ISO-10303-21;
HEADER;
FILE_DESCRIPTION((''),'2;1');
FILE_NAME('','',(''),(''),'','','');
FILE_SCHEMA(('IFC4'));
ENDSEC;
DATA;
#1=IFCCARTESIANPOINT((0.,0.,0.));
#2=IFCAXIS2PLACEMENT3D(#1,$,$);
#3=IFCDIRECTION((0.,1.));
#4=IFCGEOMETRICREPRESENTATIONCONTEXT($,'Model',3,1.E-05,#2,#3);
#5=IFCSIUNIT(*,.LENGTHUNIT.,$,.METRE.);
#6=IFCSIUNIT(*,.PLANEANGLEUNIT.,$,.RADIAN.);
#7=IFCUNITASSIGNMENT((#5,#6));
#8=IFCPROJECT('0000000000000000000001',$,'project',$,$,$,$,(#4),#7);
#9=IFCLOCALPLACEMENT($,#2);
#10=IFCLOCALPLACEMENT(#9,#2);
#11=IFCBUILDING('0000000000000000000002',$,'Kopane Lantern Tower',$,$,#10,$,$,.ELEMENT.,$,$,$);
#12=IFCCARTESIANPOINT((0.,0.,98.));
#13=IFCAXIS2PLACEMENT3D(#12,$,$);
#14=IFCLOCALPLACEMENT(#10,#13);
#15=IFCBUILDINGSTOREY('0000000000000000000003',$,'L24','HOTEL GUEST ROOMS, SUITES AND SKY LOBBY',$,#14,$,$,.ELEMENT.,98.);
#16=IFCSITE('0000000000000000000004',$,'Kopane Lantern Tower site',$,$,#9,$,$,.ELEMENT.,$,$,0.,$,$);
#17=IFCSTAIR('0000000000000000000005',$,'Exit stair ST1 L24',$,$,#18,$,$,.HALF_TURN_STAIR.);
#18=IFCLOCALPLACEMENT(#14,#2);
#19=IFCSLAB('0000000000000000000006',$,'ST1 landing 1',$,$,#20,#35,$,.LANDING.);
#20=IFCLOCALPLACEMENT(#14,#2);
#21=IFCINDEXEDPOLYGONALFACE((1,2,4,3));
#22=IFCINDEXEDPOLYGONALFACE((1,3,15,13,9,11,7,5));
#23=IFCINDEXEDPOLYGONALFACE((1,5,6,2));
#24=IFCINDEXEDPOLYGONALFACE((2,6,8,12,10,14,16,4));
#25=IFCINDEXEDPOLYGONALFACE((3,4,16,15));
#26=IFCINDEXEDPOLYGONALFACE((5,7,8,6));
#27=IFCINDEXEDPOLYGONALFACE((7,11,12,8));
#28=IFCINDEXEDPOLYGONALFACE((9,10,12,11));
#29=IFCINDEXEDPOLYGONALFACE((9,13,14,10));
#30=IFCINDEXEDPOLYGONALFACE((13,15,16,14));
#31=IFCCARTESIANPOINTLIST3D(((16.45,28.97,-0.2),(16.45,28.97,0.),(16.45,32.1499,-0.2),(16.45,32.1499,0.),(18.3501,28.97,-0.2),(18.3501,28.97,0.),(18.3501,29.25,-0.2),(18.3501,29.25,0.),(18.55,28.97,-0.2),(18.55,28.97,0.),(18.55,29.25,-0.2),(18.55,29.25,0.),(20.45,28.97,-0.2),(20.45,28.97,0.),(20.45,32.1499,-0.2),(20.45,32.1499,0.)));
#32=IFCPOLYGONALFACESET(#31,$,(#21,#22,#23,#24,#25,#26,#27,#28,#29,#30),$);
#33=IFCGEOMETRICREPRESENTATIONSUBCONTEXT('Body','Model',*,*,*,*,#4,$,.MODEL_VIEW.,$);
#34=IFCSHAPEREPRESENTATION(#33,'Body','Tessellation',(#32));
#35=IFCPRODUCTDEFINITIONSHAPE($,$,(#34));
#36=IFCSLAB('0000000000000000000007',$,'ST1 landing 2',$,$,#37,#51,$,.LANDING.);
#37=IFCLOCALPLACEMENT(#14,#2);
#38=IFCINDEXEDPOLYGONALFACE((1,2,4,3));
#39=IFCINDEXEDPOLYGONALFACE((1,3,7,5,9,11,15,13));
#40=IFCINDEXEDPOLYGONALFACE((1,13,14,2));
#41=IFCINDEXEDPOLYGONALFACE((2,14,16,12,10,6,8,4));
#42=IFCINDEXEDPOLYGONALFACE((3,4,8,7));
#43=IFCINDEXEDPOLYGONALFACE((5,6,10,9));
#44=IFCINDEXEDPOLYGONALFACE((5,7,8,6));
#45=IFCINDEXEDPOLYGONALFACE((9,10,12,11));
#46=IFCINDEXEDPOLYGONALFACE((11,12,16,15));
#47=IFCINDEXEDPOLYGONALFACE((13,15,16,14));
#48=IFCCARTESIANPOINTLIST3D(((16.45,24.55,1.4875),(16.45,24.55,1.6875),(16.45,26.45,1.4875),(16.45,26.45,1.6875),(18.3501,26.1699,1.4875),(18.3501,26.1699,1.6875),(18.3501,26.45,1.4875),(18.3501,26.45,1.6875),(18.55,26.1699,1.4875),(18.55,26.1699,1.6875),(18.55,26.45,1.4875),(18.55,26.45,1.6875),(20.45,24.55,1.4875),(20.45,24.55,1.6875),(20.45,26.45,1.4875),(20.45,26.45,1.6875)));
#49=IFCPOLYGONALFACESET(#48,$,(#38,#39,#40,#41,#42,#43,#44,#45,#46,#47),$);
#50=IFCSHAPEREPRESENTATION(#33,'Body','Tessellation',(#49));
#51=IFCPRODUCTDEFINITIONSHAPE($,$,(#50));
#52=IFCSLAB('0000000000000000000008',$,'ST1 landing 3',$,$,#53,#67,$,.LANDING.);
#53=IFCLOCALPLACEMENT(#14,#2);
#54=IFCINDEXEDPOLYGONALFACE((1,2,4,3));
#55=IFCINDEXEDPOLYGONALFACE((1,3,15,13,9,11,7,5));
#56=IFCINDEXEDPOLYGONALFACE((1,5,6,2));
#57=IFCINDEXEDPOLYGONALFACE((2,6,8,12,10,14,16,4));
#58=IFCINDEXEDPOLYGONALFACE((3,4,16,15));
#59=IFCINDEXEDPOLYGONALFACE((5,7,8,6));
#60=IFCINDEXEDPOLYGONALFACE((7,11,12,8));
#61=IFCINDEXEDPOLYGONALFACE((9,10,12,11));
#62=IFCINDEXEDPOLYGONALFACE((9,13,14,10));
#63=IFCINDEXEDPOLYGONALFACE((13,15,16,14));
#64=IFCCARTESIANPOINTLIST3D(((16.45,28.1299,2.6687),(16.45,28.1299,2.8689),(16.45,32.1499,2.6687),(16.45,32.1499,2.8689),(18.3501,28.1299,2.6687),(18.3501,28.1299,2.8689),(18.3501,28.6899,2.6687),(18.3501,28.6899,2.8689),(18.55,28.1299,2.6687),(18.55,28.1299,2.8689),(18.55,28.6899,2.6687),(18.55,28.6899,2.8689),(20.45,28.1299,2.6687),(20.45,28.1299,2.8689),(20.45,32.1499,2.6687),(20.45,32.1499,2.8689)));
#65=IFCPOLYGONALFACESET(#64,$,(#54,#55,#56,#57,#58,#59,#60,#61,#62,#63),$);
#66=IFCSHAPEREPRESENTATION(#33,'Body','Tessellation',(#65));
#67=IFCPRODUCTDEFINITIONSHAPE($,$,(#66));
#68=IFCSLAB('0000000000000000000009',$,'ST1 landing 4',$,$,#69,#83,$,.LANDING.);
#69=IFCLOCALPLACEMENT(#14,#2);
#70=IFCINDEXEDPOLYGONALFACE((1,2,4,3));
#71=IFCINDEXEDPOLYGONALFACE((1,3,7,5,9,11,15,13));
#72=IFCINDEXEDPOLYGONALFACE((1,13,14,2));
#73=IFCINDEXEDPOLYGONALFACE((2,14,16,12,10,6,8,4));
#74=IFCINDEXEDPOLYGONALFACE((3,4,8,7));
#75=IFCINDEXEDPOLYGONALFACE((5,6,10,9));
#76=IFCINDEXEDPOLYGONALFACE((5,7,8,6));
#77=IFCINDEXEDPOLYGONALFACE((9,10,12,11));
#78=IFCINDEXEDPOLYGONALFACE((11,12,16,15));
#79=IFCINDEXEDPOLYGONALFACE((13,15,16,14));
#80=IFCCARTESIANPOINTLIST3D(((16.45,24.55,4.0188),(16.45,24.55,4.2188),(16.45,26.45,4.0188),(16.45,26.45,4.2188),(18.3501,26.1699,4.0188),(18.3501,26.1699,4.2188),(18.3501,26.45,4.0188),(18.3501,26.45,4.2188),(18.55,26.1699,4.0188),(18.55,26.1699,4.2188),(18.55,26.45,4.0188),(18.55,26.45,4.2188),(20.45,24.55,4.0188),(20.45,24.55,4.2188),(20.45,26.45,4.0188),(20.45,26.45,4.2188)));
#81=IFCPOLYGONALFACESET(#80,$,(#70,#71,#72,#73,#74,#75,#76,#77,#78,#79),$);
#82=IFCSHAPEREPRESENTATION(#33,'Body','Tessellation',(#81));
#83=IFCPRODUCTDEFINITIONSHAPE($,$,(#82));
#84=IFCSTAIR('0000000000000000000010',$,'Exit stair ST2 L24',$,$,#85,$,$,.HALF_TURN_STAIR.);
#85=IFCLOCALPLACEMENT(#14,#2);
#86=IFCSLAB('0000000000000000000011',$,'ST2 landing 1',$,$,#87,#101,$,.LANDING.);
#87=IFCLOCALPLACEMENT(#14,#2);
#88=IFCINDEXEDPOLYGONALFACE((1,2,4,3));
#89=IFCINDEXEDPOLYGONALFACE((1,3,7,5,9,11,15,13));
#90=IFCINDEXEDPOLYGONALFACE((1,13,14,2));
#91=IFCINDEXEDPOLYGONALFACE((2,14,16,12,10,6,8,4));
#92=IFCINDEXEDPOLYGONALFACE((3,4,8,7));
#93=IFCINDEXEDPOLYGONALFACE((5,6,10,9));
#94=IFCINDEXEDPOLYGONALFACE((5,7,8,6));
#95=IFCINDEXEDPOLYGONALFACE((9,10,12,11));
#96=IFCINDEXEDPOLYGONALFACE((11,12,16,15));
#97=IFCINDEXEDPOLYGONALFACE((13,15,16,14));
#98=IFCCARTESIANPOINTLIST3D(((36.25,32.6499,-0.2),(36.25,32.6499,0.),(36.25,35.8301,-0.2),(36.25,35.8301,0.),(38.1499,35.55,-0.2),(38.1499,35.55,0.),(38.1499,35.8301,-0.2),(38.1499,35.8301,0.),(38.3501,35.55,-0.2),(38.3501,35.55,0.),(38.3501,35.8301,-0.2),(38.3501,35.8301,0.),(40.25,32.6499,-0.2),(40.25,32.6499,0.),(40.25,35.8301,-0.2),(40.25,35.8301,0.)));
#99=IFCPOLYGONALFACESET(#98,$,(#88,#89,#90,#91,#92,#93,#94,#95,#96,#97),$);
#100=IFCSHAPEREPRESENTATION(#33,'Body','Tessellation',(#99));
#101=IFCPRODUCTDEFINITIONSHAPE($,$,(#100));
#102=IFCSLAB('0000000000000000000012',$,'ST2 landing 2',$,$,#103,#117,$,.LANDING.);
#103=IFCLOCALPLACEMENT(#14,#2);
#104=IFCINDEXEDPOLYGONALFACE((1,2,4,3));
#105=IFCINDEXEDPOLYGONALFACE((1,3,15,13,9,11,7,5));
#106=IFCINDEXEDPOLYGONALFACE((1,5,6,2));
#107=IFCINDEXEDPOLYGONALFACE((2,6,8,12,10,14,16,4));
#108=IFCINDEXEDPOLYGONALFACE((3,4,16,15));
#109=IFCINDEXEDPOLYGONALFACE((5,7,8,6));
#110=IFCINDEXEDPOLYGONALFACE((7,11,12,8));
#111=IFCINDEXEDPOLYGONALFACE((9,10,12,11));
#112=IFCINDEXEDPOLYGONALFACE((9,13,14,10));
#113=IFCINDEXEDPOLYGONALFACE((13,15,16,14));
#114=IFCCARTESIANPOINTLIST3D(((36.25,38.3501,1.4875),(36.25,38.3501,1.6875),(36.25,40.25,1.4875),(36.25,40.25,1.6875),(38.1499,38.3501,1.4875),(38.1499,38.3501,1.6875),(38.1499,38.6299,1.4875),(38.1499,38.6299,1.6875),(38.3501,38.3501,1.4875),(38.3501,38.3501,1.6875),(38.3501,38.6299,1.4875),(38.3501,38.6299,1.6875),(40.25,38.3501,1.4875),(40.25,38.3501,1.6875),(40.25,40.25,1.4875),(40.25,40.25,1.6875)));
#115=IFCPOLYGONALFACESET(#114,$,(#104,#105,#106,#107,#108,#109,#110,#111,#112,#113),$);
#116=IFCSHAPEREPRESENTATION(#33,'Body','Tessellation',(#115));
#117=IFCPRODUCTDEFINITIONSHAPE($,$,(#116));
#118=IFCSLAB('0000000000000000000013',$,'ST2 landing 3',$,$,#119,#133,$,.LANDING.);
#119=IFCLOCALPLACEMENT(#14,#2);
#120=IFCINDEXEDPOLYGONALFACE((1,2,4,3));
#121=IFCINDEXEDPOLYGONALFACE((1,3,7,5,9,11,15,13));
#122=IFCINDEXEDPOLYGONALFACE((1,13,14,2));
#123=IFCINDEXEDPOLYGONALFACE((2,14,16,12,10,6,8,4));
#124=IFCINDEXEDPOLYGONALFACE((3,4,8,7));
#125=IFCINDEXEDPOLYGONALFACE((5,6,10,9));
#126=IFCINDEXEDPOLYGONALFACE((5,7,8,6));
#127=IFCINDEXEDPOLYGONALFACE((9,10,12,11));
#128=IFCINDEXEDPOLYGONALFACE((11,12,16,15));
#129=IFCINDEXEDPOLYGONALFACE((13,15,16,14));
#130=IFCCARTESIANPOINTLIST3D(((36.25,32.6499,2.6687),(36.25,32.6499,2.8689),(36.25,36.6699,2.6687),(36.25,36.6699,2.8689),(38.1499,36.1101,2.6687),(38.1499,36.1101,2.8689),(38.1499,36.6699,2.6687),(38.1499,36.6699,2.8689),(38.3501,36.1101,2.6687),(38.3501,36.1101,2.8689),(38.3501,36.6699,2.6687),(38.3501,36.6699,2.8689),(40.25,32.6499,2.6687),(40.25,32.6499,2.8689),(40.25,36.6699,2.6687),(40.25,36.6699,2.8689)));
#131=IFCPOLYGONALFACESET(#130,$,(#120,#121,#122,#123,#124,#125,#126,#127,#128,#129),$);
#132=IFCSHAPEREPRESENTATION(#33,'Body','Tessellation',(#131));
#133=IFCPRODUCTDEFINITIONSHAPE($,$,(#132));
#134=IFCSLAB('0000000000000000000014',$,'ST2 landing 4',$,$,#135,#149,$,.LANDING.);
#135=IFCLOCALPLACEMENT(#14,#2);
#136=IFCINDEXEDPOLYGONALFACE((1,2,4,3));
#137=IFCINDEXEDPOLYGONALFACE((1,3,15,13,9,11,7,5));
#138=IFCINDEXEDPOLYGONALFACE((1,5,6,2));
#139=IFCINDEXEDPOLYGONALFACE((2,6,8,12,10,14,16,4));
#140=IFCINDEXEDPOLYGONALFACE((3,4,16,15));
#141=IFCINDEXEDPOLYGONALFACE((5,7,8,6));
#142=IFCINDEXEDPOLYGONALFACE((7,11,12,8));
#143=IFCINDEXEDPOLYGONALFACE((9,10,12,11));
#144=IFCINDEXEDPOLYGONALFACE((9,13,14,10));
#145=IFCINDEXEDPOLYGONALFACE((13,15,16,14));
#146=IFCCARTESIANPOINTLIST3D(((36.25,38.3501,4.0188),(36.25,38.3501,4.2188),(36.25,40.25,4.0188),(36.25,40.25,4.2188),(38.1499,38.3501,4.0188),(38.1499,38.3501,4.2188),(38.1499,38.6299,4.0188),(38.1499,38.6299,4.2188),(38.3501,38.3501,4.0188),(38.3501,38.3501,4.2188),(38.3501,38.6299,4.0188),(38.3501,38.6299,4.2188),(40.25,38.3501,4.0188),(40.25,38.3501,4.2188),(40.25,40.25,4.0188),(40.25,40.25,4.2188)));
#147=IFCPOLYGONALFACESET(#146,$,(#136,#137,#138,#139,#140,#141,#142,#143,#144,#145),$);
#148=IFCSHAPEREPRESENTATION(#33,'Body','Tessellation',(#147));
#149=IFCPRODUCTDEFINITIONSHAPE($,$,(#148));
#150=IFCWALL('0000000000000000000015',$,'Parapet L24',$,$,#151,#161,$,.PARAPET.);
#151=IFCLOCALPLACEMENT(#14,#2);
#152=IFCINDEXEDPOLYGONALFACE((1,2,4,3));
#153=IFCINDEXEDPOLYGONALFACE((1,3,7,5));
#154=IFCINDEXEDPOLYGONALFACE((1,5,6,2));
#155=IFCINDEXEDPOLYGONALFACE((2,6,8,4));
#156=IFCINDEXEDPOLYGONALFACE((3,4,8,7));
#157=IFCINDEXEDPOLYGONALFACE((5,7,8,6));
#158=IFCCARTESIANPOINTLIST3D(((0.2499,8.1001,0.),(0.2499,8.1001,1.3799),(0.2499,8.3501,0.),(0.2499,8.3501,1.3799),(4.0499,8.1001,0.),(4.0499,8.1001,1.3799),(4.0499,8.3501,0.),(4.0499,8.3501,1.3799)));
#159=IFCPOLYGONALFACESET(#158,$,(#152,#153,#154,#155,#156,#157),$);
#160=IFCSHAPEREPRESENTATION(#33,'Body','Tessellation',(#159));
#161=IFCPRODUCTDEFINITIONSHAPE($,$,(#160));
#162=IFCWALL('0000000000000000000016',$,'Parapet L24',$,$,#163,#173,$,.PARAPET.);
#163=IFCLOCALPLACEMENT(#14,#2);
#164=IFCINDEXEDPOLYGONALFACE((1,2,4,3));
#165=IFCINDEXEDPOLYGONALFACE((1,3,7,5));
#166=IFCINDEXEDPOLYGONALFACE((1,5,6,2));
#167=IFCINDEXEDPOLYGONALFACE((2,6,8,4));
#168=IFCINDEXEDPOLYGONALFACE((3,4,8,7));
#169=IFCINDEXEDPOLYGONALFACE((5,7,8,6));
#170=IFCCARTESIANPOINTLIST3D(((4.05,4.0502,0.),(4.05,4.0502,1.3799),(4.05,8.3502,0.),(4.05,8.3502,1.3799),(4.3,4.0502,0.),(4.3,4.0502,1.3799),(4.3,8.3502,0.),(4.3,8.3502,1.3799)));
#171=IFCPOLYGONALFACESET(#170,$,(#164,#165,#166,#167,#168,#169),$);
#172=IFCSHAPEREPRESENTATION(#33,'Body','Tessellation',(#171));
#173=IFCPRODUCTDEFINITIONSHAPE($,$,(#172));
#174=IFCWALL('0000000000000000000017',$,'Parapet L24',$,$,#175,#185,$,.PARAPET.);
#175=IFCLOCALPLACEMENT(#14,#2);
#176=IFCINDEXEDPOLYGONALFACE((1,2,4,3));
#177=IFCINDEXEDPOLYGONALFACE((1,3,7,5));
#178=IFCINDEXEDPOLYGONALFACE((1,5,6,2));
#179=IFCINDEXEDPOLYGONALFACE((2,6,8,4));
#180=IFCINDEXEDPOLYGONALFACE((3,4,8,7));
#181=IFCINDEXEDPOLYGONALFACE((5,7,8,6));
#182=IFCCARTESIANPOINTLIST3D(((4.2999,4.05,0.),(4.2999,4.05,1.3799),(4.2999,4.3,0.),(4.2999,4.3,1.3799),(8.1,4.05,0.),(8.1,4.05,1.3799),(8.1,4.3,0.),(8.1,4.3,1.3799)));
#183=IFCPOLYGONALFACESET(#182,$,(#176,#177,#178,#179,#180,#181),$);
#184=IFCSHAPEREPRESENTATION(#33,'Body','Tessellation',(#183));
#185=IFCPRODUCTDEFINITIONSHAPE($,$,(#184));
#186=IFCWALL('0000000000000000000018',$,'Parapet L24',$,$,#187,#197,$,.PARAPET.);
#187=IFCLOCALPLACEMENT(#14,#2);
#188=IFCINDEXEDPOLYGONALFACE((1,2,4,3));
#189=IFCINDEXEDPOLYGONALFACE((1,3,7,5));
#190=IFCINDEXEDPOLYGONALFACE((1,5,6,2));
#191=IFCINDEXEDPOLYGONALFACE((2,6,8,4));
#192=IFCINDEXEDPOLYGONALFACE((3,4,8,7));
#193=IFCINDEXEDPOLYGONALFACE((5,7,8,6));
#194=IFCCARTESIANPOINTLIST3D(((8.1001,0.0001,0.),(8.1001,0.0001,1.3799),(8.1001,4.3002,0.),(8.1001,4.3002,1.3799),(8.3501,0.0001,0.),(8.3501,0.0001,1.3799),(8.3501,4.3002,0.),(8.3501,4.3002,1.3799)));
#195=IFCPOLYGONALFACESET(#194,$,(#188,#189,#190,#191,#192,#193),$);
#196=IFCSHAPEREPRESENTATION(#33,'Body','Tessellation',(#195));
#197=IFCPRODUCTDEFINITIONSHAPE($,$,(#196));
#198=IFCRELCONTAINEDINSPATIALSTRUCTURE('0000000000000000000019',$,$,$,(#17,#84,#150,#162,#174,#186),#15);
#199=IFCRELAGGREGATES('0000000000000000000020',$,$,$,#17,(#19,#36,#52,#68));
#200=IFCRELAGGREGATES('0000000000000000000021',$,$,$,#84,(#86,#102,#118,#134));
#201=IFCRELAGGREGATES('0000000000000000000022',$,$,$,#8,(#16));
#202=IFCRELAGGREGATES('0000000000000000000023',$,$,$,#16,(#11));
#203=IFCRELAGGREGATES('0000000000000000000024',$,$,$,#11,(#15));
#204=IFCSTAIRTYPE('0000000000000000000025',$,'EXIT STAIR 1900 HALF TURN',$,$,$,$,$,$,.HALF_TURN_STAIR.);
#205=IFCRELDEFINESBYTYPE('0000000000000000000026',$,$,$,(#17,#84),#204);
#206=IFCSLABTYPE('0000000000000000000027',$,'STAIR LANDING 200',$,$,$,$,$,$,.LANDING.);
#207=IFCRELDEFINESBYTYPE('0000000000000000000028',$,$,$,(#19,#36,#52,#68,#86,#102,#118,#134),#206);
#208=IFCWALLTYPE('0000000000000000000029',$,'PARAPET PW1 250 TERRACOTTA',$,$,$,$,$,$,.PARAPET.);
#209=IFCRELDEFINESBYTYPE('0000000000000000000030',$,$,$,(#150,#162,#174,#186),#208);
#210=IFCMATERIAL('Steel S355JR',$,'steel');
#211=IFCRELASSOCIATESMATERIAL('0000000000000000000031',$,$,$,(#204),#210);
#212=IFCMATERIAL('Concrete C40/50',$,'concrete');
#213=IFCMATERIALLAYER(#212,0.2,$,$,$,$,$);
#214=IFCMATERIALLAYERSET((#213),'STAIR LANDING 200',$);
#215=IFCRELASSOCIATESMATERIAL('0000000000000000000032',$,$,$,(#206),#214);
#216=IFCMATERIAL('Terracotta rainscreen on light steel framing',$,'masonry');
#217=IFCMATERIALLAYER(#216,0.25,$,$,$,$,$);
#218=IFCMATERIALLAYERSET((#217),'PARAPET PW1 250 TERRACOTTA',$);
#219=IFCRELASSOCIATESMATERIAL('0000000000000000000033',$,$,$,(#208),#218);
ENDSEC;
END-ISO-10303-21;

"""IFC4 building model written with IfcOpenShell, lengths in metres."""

from ifc_helpers import new_model, si_unit, direction, frame, frame_2d, origin, place, context, subcontext, project, spatial, polyline, rectangle, outline, extrude, material, layer, layer_set, type_object, element, aggregate, save


model = new_model("IFC4")

# Units and contexts
model_context = context("Model", 3, precision=1e-05, world=origin(), true_north=direction((0.0, 1.0)))
body_context = subcontext(model_context, "Body", "Model", "MODEL_VIEW")
ifc_project = project(units=[si_unit("LENGTHUNIT", "METRE"), si_unit("PLANEANGLEUNIT", "RADIAN")], contexts=[model_context])

# Site, building, storey
site_placement = place(None, origin())
site = spatial("IfcSite", under=ifc_project, at=site_placement, Name="Kopane Lantern Tower site", CompositionType="ELEMENT", RefElevation=0.0)
building_placement = place(site_placement, origin())
building = spatial("IfcBuilding", under=site, at=building_placement, Name="Kopane Lantern Tower", CompositionType="ELEMENT")
storey_placement = place(building_placement, frame((0.0, 0.0, 98.0)))
storey = spatial("IfcBuildingStorey", under=building, at=storey_placement, Name="L24", Description="HOTEL GUEST ROOMS, SUITES AND SKY LOBBY", CompositionType="ELEMENT", Elevation=98.0)

# Stairs, slabs
ifc_material_1 = material(Name="Steel S355JR", Category="steel")
stair_type = type_object("IfcStairType", Name="EXIT STAIR 1900 HALF TURN", PredefinedType="HALF_TURN_STAIR", material=ifc_material_1)
stair_1_placement = place(storey_placement, origin())
stair_1 = element("IfcStair", 1, at=stair_1_placement, inside=storey, type_object=stair_type, Name="Exit stair ST1 L24", PredefinedType="HALF_TURN_STAIR")
ifc_material_2 = material(Name="Concrete C40/50", Category="concrete")
ifc_layer_1 = layer(ifc_material_2, 0.2)
ifc_layer_set_1 = layer_set([ifc_layer_1], Name="STAIR LANDING 200")
slab_type_1 = type_object("IfcSlabType", Name="STAIR LANDING 200", PredefinedType="LANDING", material=ifc_layer_set_1)
slab_1_placement = place(storey_placement, frame((0.0, 0.0, -0.2)))
slab_1 = element("IfcSlab", 2, at=slab_1_placement, type_object=slab_type_1, Name="ST1 landing 1", PredefinedType="LANDING", context=body_context, shape_type="SweptSolid", body=[
    extrude(outline(polyline([(18.3501, 29.25), (18.55, 29.25), (18.55, 28.97), (20.45, 28.97), (20.45, 32.1499), (16.45, 32.1499), (16.45, 28.97), (18.3501, 28.97), (18.3501, 29.25)])), origin(), (0.0, 0.0, 1.0), 0.2),
])
slab_2_placement = place(storey_placement, frame((0.0, 0.0, 1.4875)))
slab_2 = element("IfcSlab", 3, at=slab_2_placement, type_object=slab_type_1, Name="ST1 landing 2", PredefinedType="LANDING", context=body_context, shape_type="SweptSolid", body=[
    extrude(outline(polyline([(20.45, 26.45), (18.55, 26.45), (18.55, 26.1699), (18.3501, 26.1699), (18.3501, 26.45), (16.45, 26.45), (16.45, 24.55), (20.45, 24.55), (20.45, 26.45)])), origin(), (0.0, 0.0, 1.0), 0.2),
])
slab_3_placement = place(storey_placement, frame((0.0, 0.0, 2.6687)))
slab_3 = element("IfcSlab", 4, at=slab_3_placement, type_object=slab_type_1, Name="ST1 landing 3", PredefinedType="LANDING", context=body_context, shape_type="SweptSolid", body=[
    extrude(outline(polyline([(18.3501, 28.6899), (18.55, 28.6899), (18.55, 28.1299), (20.45, 28.1299), (20.45, 32.1499), (16.45, 32.1499), (16.45, 28.1299), (18.3501, 28.1299), (18.3501, 28.6899)])), origin(), (0.0, 0.0, 1.0), 0.2002),
])
slab_4_placement = place(storey_placement, frame((0.0, 0.0, 4.0188)))
slab_4 = element("IfcSlab", 5, at=slab_4_placement, type_object=slab_type_1, Name="ST1 landing 4", PredefinedType="LANDING", context=body_context, shape_type="SweptSolid", body=[
    extrude(outline(polyline([(20.45, 26.45), (18.55, 26.45), (18.55, 26.1699), (18.3501, 26.1699), (18.3501, 26.45), (16.45, 26.45), (16.45, 24.55), (20.45, 24.55), (20.45, 26.45)])), origin(), (0.0, 0.0, 1.0), 0.2),
])
aggregate(stair_1, [slab_1, slab_2, slab_3, slab_4])
stair_2_placement = place(storey_placement, origin())
stair_2 = element("IfcStair", 6, at=stair_2_placement, inside=storey, type_object=stair_type, Name="Exit stair ST2 L24", PredefinedType="HALF_TURN_STAIR")
slab_5_placement = place(storey_placement, frame((0.0, 0.0, -0.2)))
slab_5 = element("IfcSlab", 7, at=slab_5_placement, type_object=slab_type_1, Name="ST2 landing 1", PredefinedType="LANDING", context=body_context, shape_type="SweptSolid", body=[
    extrude(outline(polyline([(40.25, 35.8301), (38.3501, 35.8301), (38.3501, 35.55), (38.1499, 35.55), (38.1499, 35.8301), (36.25, 35.8301), (36.25, 32.6499), (40.25, 32.6499), (40.25, 35.8301)])), origin(), (0.0, 0.0, 1.0), 0.2),
])
slab_6_placement = place(storey_placement, frame((0.0, 0.0, 1.4875)))
slab_6 = element("IfcSlab", 8, at=slab_6_placement, type_object=slab_type_1, Name="ST2 landing 2", PredefinedType="LANDING", context=body_context, shape_type="SweptSolid", body=[
    extrude(outline(polyline([(38.1499, 38.6299), (38.3501, 38.6299), (38.3501, 38.3501), (40.25, 38.3501), (40.25, 40.25), (36.25, 40.25), (36.25, 38.3501), (38.1499, 38.3501), (38.1499, 38.6299)])), origin(), (0.0, 0.0, 1.0), 0.2),
])
slab_7_placement = place(storey_placement, frame((0.0, 0.0, 2.6687)))
slab_7 = element("IfcSlab", 9, at=slab_7_placement, type_object=slab_type_1, Name="ST2 landing 3", PredefinedType="LANDING", context=body_context, shape_type="SweptSolid", body=[
    extrude(outline(polyline([(40.25, 36.6699), (38.3501, 36.6699), (38.3501, 36.1101), (38.1499, 36.1101), (38.1499, 36.6699), (36.25, 36.6699), (36.25, 32.6499), (40.25, 32.6499), (40.25, 36.6699)])), origin(), (0.0, 0.0, 1.0), 0.2002),
])
slab_8_placement = place(storey_placement, frame((0.0, 0.0, 4.0188)))
slab_8 = element("IfcSlab", 10, at=slab_8_placement, type_object=slab_type_1, Name="ST2 landing 4", PredefinedType="LANDING", context=body_context, shape_type="SweptSolid", body=[
    extrude(outline(polyline([(38.1499, 38.6299), (38.3501, 38.6299), (38.3501, 38.3501), (40.25, 38.3501), (40.25, 40.25), (36.25, 40.25), (36.25, 38.3501), (38.1499, 38.3501), (38.1499, 38.6299)])), origin(), (0.0, 0.0, 1.0), 0.2),
])
aggregate(stair_2, [slab_5, slab_6, slab_7, slab_8])

# Walls
ifc_material_3 = material(Name="Terracotta rainscreen on light steel framing", Category="masonry")
ifc_layer_2 = layer(ifc_material_3, 0.25)
ifc_layer_set_2 = layer_set([ifc_layer_2], Name="PARAPET PW1 250 TERRACOTTA")
wall_type = type_object("IfcWallType", Name="PARAPET PW1 250 TERRACOTTA", PredefinedType="PARAPET", material=ifc_layer_set_2)
wall_1_placement = place(storey_placement, frame((0.25, 8.2251, 0.0), z_axis=(0.0, 0.0, 1.0), x_axis=(1.0, 0.0, 0.0)))
element("IfcWall", 11, at=wall_1_placement, inside=storey, type_object=wall_type, Name="Parapet L24", PredefinedType="PARAPET", context=body_context, shape_type="SweptSolid", body=[
    extrude(rectangle(XDim=3.8, YDim=0.25, at=frame_2d((1.8999, 0.0))), origin(), (0.0, 0.0, 1.0), 1.3799),
])
wall_2_placement = place(storey_placement, frame((4.175, 8.3501, 0.0), z_axis=(0.0, 0.0, 1.0), x_axis=(0.0, -1.0, 0.0)))
element("IfcWall", 12, at=wall_2_placement, inside=storey, type_object=wall_type, Name="Parapet L24", PredefinedType="PARAPET", context=body_context, shape_type="SweptSolid", body=[
    extrude(rectangle(XDim=4.3, YDim=0.25, at=frame_2d((2.1499, 0.0))), origin(), (0.0, 0.0, 1.0), 1.3799),
])
wall_3_placement = place(storey_placement, frame((4.3, 4.175, 0.0), z_axis=(0.0, 0.0, 1.0), x_axis=(1.0, 0.0, 0.0)))
element("IfcWall", 13, at=wall_3_placement, inside=storey, type_object=wall_type, Name="Parapet L24", PredefinedType="PARAPET", context=body_context, shape_type="SweptSolid", body=[
    extrude(rectangle(XDim=3.8, YDim=0.25, at=frame_2d((1.8999, 0.0))), origin(), (0.0, 0.0, 1.0), 1.3799),
])
wall_4_placement = place(storey_placement, frame((8.2251, 4.3, 0.0), z_axis=(0.0, 0.0, 1.0), x_axis=(0.0, -1.0, 0.0)))
element("IfcWall", 14, at=wall_4_placement, inside=storey, type_object=wall_type, Name="Parapet L24", PredefinedType="PARAPET", context=body_context, shape_type="SweptSolid", body=[
    extrude(rectangle(XDim=4.3, YDim=0.25, at=frame_2d((2.1499, 0.0))), origin(), (0.0, 0.0, 1.0), 1.3799),
])

save(model, "model.ifc")
